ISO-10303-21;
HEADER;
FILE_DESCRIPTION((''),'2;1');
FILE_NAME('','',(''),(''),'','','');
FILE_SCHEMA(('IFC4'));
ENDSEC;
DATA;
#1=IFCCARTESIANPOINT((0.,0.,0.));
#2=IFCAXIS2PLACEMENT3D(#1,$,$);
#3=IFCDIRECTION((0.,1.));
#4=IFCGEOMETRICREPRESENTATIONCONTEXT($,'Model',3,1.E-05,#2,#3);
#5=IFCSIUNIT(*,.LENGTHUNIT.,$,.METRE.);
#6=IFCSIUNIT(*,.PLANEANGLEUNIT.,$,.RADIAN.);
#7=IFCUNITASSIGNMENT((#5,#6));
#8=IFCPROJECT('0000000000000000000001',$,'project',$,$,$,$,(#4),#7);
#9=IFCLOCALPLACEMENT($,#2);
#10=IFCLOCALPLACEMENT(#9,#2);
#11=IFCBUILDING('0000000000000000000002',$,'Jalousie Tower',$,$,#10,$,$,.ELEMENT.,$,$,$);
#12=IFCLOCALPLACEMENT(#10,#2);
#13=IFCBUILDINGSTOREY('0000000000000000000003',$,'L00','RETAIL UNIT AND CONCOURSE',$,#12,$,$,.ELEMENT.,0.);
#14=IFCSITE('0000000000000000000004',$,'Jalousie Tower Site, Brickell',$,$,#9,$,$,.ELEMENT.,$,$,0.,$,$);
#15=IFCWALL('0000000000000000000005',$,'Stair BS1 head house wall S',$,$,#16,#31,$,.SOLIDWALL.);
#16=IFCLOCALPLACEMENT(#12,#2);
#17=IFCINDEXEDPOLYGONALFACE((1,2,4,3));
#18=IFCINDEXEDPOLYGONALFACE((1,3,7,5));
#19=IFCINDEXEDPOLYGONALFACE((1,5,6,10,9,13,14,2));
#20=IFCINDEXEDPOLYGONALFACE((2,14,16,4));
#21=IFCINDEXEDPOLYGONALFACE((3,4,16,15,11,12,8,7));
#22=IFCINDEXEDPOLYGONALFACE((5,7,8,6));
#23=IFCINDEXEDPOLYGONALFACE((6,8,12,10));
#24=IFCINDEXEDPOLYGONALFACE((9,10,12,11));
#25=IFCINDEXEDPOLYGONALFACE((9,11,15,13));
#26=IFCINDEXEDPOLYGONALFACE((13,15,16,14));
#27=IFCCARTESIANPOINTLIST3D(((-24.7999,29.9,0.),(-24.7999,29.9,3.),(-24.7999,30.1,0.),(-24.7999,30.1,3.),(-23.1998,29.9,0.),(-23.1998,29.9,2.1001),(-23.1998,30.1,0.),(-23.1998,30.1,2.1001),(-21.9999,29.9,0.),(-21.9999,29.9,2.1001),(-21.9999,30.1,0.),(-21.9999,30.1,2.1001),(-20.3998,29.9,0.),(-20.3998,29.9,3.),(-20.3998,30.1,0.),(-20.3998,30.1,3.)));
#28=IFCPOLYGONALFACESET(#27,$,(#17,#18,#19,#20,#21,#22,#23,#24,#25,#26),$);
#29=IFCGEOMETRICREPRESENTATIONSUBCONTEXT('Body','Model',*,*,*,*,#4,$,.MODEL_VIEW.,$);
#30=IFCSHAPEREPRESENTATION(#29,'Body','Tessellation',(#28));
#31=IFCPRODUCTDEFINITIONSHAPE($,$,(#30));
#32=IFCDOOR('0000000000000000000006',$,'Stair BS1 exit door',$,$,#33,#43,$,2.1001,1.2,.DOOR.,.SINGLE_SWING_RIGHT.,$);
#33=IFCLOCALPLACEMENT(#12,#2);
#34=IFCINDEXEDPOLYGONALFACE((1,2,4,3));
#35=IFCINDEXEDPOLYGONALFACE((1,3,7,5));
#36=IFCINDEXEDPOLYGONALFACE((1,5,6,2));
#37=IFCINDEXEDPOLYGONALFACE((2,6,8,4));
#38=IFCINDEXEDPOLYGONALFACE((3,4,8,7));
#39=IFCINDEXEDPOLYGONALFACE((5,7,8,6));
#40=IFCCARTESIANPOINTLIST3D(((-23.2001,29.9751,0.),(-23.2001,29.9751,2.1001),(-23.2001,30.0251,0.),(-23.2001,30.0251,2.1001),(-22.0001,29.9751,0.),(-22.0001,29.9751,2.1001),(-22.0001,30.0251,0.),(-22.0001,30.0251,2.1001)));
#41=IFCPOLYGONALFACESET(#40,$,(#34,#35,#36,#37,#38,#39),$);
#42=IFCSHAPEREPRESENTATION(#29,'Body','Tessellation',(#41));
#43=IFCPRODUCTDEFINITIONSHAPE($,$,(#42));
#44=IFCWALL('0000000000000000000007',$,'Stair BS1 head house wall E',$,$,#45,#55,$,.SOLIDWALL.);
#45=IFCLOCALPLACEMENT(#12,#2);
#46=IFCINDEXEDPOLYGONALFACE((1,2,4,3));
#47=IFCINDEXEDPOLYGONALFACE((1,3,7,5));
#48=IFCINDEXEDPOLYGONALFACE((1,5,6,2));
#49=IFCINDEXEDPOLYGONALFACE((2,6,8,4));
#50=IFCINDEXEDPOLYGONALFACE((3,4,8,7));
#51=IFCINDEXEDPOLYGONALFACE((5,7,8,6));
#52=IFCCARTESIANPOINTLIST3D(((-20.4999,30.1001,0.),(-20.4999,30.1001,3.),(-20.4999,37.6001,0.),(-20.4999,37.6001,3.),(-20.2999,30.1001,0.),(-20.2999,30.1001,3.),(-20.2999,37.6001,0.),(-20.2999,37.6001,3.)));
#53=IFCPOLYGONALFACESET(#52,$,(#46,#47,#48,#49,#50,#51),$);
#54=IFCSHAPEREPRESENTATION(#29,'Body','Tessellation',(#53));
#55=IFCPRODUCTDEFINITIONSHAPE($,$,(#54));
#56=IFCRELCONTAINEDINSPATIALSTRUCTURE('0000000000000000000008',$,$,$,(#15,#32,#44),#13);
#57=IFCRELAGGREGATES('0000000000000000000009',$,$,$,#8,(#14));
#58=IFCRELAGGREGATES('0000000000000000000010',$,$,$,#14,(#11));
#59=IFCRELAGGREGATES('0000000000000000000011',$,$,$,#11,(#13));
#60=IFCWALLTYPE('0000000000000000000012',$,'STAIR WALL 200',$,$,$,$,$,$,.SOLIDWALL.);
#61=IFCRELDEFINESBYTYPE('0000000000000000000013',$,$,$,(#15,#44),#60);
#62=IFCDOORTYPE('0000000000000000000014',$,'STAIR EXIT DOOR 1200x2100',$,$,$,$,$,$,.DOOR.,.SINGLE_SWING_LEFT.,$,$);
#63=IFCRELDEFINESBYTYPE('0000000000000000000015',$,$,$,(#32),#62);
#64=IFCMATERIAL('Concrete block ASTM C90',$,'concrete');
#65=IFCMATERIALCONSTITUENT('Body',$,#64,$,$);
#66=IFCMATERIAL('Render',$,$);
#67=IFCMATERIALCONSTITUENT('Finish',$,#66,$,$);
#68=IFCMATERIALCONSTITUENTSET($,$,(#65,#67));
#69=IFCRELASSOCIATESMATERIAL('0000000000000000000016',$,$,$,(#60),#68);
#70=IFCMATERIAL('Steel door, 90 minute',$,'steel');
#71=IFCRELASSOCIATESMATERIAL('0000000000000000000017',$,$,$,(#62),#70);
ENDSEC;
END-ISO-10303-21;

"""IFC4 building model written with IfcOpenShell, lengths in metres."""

from ifc_helpers import new_model, si_unit, direction, frame, frame_2d, origin, place, context, subcontext, project, spatial, rectangle, extrude, material, constituent, constituent_set, type_object, element, fill, save


model = new_model("IFC4")

# Units and contexts
model_context = context("Model", 3, precision=1e-05, world=origin(), true_north=direction((0.0, 1.0)))
body_context = subcontext(model_context, "Body", "Model", "MODEL_VIEW")
ifc_project = project(units=[si_unit("LENGTHUNIT", "METRE"), si_unit("PLANEANGLEUNIT", "RADIAN")], contexts=[model_context])

# Site, building, storey
site_placement = place(None, origin())
site = spatial("IfcSite", under=ifc_project, at=site_placement, Name="Jalousie Tower Site, Brickell", CompositionType="ELEMENT", RefElevation=0.0)
building_placement = place(site_placement, origin())
building = spatial("IfcBuilding", under=site, at=building_placement, Name="Jalousie Tower", CompositionType="ELEMENT")
storey_placement = place(building_placement, origin())
storey = spatial("IfcBuildingStorey", under=building, at=storey_placement, Name="L00", Description="RETAIL UNIT AND CONCOURSE", CompositionType="ELEMENT", Elevation=0.0)

# Shared definitions
ifc_material_1 = material(Name="Concrete block ASTM C90", Category="concrete")
ifc_constituent_1 = constituent(ifc_material_1, Name="Body")
ifc_material_2 = material(Name="Render")
ifc_constituent_2 = constituent(ifc_material_2, Name="Finish")
ifc_constituent_set_1 = constituent_set(constituents=[ifc_constituent_1, ifc_constituent_2])
wall_type_1 = type_object("IfcWallType", Name="STAIR WALL 200", PredefinedType="SOLIDWALL", material=ifc_constituent_set_1)

# Wall, opening, door
wall_1_placement = place(storey_placement, frame((-24.8, 30.0, 0.0), z_axis=(0.0, 0.0, 1.0), x_axis=(1.0, 0.0, 0.0)))
wall_1 = element("IfcWall", 1, at=wall_1_placement, inside=storey, type_object=wall_type_1, Name="Stair BS1 head house wall S", PredefinedType="SOLIDWALL", context=body_context, shape_type="SweptSolid", body=[
    extrude(rectangle(XDim=4.4001, YDim=0.2, at=frame_2d((2.2002, 0.0))), origin(), (0.0, 0.0, 1.0), 3.0),
])
opening_1_placement = place(wall_1_placement, frame((1.6001, 0.0, 0.0)))
opening_1 = element("IfcOpeningElement", 2, at=opening_1_placement, cuts=wall_1, PredefinedType="OPENING", context=body_context, shape_type="SweptSolid", body=[
    extrude(rectangle(XDim=1.2, YDim=2.1001, at=frame_2d((0.6001, 1.05))), frame((0.0, 0.1099, 0.0), z_axis=(0.0, -1.0, 0.0), x_axis=(1.0, 0.0, 0.0)), (0.0, 0.0, 1.0), 0.22),
])
ifc_material_3 = material(Name="Steel door, 90 minute", Category="steel")
door_type_1 = type_object("IfcDoorType", Name="STAIR EXIT DOOR 1200x2100", OperationType="SINGLE_SWING_LEFT", PredefinedType="DOOR", material=ifc_material_3)
door_1_placement = place(opening_1_placement, frame((1.2, 0.0, 0.0), z_axis=(0.0, 0.0, 1.0), x_axis=(-1.0, 0.0, 0.0)))
door_1 = element("IfcDoor", 3, at=door_1_placement, inside=storey, type_object=door_type_1, Name="Stair BS1 exit door", OperationType="SINGLE_SWING_RIGHT", OverallHeight=2.1001, OverallWidth=1.2, PredefinedType="DOOR", context=body_context, shape_type="SweptSolid", body=[
    extrude(rectangle(XDim=1.2, YDim=2.1001, at=frame_2d((0.6001, 1.05))), frame((0.0, 0.0249, 0.0), z_axis=(0.0, -1.0, 0.0), x_axis=(1.0, 0.0, 0.0)), (0.0, 0.0, 1.0), 0.05),
])
fill(opening_1, door_1)

# Wall
wall_2_placement = place(storey_placement, frame((-20.3999, 30.1001, 0.0), z_axis=(0.0, 0.0, 1.0), x_axis=(0.0, 1.0, 0.0)))
element("IfcWall", 4, at=wall_2_placement, inside=storey, type_object=wall_type_1, Name="Stair BS1 head house wall E", PredefinedType="SOLIDWALL", context=body_context, shape_type="SweptSolid", body=[
    extrude(rectangle(XDim=7.5, YDim=0.2, at=frame_2d((3.75, 0.0))), origin(), (0.0, 0.0, 1.0), 3.0),
])

save(model, "model.ifc")
